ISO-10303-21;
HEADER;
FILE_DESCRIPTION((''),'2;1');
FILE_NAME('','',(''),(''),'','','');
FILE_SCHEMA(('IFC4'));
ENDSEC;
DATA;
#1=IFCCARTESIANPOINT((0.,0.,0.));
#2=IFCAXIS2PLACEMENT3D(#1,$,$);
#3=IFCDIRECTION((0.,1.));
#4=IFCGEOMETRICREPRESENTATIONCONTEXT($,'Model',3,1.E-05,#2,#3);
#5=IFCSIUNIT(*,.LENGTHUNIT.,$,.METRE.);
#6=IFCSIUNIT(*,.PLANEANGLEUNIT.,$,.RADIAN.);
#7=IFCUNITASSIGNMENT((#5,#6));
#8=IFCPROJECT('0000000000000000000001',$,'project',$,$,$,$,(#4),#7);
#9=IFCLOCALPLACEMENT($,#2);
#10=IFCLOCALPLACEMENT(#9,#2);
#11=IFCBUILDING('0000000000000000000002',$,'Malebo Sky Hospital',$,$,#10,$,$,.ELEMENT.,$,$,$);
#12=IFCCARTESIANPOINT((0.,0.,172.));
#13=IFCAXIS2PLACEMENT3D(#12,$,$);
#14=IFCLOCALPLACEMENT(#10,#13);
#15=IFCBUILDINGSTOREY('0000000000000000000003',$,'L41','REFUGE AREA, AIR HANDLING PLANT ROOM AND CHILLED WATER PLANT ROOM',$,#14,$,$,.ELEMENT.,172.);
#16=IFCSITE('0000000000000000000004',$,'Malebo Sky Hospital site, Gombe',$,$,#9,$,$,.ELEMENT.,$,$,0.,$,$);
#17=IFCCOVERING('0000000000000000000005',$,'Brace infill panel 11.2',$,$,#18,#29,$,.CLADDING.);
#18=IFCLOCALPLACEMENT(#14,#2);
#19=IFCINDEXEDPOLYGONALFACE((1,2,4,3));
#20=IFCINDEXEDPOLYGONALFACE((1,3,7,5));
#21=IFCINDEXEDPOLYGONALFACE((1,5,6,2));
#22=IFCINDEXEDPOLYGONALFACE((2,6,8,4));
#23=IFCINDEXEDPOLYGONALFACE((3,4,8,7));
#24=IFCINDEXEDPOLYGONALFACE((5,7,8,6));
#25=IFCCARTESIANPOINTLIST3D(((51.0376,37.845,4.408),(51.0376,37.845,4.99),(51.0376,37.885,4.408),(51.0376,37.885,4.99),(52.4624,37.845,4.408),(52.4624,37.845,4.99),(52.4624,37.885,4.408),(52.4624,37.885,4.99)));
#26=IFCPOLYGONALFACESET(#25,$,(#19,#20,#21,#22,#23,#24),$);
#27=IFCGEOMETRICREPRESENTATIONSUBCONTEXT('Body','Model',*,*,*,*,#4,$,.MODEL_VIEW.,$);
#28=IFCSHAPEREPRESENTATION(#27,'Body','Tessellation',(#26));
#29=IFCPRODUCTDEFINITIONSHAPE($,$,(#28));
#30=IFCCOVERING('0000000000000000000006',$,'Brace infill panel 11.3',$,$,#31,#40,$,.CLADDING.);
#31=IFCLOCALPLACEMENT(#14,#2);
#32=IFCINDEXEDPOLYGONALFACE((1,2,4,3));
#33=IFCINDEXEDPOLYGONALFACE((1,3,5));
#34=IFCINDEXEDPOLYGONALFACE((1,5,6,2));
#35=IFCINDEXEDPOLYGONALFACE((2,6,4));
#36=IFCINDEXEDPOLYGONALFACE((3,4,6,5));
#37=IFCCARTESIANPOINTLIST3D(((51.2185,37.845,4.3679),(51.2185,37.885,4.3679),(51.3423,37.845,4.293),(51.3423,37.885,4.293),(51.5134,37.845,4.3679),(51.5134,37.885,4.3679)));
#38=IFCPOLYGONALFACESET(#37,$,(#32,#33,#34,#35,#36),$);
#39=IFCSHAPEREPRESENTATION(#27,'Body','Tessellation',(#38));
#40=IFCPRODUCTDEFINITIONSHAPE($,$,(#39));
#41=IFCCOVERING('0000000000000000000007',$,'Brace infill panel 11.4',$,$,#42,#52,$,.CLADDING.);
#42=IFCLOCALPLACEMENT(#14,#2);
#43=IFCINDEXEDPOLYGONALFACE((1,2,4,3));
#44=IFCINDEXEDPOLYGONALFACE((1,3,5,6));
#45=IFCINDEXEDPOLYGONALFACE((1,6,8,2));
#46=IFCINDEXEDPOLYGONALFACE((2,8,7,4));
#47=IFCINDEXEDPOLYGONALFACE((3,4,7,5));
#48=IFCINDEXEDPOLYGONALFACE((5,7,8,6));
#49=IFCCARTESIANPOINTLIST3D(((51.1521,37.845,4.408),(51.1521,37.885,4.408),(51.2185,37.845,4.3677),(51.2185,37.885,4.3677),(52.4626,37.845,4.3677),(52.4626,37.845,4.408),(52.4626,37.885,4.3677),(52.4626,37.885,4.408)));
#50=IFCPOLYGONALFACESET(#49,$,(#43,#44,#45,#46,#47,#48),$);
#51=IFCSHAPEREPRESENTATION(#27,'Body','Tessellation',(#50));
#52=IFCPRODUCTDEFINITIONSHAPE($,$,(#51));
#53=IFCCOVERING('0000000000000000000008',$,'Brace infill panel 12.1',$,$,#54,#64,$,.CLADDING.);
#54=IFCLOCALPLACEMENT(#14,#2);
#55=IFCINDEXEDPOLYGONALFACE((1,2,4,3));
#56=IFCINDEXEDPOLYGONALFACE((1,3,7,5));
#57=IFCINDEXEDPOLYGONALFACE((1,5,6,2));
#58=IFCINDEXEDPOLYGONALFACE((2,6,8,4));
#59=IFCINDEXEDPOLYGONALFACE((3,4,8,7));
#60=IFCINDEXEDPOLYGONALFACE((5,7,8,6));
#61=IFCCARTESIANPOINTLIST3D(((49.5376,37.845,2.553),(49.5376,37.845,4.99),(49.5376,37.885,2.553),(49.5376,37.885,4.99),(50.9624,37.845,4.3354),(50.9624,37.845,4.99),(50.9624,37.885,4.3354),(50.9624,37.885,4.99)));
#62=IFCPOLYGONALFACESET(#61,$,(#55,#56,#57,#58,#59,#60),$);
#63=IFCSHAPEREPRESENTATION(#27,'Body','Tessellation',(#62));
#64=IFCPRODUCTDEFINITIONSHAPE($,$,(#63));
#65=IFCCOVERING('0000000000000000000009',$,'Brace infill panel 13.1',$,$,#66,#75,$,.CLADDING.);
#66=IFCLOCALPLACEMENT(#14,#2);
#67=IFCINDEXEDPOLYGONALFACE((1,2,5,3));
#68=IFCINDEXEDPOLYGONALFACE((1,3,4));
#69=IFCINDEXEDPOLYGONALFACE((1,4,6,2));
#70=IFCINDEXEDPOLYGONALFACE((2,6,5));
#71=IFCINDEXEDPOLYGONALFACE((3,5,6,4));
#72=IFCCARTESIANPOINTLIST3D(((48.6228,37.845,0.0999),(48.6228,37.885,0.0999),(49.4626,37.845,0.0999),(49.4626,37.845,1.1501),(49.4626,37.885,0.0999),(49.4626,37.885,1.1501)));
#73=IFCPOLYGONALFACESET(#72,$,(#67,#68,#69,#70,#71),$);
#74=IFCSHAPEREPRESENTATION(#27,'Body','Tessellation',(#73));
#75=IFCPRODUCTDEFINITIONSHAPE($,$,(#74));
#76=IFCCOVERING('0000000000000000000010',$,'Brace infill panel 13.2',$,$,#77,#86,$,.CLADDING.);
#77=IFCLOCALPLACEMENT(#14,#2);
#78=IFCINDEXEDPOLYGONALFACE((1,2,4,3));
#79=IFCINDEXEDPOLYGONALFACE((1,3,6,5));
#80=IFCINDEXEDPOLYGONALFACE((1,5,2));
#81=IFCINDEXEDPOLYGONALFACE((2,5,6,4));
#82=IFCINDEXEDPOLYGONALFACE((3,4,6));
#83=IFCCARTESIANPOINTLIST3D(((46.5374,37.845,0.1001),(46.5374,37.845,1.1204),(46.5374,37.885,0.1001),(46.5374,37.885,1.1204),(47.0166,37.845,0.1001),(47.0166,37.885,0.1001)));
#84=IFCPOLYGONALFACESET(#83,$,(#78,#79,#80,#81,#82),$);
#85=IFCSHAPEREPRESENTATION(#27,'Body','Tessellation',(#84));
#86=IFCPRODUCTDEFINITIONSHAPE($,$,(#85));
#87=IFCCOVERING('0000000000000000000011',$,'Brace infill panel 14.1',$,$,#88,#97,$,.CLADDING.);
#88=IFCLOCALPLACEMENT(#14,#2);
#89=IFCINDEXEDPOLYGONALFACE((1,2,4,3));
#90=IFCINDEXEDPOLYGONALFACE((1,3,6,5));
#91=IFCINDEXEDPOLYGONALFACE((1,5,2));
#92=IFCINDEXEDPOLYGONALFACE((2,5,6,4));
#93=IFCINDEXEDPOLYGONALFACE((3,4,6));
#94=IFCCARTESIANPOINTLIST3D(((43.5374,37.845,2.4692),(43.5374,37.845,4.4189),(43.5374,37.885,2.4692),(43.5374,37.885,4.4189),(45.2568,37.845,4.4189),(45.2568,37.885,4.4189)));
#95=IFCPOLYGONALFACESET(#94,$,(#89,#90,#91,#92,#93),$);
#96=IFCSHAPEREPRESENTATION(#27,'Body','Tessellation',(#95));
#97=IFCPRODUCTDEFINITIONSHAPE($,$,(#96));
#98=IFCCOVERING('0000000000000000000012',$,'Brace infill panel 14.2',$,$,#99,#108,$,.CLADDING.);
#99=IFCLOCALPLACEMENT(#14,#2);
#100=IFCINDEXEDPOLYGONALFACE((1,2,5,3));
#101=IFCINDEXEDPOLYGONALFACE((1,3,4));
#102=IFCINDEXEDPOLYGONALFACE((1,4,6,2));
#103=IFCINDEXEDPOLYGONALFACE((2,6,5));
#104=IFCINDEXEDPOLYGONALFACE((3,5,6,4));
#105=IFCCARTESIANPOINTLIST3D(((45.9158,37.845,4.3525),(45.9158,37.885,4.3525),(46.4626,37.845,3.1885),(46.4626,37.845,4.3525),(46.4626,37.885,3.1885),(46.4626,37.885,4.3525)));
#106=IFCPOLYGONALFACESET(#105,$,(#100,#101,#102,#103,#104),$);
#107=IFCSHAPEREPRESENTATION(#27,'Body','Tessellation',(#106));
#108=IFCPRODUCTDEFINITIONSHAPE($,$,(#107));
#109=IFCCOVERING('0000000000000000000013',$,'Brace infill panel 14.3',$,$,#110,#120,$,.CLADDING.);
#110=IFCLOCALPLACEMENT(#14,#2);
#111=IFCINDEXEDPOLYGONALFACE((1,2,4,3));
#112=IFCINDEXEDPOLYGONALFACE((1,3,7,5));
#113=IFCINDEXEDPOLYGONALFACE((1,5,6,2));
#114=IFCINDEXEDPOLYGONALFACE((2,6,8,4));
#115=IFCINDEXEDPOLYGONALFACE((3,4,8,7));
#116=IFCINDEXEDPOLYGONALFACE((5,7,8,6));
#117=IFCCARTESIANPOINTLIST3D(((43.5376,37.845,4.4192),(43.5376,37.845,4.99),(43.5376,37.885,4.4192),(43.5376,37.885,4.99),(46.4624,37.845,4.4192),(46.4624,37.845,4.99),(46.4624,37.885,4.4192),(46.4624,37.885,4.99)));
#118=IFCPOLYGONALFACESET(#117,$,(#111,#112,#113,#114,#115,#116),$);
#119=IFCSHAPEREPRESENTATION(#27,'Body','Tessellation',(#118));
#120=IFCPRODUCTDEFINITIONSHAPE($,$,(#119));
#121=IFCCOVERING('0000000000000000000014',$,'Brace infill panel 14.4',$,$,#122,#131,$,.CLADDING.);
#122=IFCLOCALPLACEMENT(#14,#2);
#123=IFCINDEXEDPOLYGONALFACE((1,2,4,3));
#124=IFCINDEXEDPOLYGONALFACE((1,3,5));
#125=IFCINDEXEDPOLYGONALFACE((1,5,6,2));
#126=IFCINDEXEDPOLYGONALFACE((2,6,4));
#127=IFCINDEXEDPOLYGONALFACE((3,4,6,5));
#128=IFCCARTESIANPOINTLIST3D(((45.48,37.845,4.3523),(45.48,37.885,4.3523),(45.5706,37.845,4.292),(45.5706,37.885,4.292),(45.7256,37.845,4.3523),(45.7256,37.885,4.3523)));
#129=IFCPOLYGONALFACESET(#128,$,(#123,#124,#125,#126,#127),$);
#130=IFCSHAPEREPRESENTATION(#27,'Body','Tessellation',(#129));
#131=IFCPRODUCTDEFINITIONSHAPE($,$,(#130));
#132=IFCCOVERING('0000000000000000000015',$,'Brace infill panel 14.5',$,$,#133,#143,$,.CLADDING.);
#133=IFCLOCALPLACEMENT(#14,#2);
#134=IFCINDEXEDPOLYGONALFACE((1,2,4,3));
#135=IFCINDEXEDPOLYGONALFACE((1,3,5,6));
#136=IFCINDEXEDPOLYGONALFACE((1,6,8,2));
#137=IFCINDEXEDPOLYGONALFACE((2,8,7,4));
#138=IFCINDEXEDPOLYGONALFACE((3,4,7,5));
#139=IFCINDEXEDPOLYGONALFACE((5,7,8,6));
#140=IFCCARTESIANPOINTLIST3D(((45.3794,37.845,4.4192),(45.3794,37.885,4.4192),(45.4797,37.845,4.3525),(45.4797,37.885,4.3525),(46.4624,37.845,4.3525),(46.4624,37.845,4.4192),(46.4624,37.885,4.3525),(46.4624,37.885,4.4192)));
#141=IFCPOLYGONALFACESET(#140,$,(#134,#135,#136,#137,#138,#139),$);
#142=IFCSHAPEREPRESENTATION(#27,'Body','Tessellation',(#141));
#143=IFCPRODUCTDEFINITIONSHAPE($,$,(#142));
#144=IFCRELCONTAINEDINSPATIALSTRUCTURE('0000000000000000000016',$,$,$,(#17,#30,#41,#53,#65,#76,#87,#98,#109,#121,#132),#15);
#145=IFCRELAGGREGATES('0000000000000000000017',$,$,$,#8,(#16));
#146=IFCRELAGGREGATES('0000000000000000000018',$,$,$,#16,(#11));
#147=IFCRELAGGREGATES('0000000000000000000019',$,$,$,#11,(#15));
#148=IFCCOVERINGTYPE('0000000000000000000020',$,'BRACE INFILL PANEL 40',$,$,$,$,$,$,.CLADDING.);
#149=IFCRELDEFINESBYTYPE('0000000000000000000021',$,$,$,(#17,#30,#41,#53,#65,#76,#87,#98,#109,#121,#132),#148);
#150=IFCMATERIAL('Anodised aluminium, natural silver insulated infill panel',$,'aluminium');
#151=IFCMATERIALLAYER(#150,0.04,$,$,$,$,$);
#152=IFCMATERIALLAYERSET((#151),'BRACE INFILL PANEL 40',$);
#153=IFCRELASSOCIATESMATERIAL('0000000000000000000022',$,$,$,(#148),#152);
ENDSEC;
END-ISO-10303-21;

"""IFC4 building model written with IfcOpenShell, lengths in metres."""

from ifc_helpers import new_model, si_unit, direction, frame, origin, place, context, subcontext, project, spatial, polyline, outline, extrude, material, layer, layer_set, type_object, element, save


model = new_model("IFC4")

# Units and contexts
model_context = context("Model", 3, precision=1e-05, world=origin(), true_north=direction((0.0, 1.0)))
body_context = subcontext(model_context, "Body", "Model", "MODEL_VIEW")
ifc_project = project(units=[si_unit("LENGTHUNIT", "METRE"), si_unit("PLANEANGLEUNIT", "RADIAN")], contexts=[model_context])

# Site, building, storey
site_placement = place(None, origin())
site = spatial("IfcSite", under=ifc_project, at=site_placement, Name="Malebo Sky Hospital site, Gombe", CompositionType="ELEMENT", RefElevation=0.0)
building_placement = place(site_placement, origin())
building = spatial("IfcBuilding", under=site, at=building_placement, Name="Malebo Sky Hospital", CompositionType="ELEMENT")
storey_placement = place(building_placement, frame((0.0, 0.0, 172.0)))
storey = spatial("IfcBuildingStorey", under=building, at=storey_placement, Name="L41", Description="REFUGE AREA, AIR HANDLING PLANT ROOM AND CHILLED WATER PLANT ROOM", CompositionType="ELEMENT", Elevation=172.0)

# Coverings
ifc_material_1 = material(Name="Anodised aluminium, natural silver insulated infill panel", Category="aluminium")
ifc_layer_1 = layer(ifc_material_1, 0.04)
ifc_layer_set_1 = layer_set([ifc_layer_1], Name="BRACE INFILL PANEL 40")
covering_type = type_object("IfcCoveringType", Name="BRACE INFILL PANEL 40", PredefinedType="CLADDING", material=ifc_layer_set_1)
covering_1_placement = place(storey_placement, frame((51.75, 37.865, 4.408), z_axis=(0.0, 0.0, 1.0), x_axis=(-1.0, 0.0, 0.0)))
element("IfcCovering", 1, at=covering_1_placement, inside=storey, type_object=covering_type, Name="Brace infill panel 11.2", PredefinedType="CLADDING", context=body_context, shape_type="SweptSolid", body=[
    extrude(outline(polyline([(-0.7124, 0.0), (0.7124, 0.0), (0.7124, 0.582), (-0.7124, 0.582), (-0.7124, 0.0)])), frame((0.0, 0.02, 0.0), z_axis=(0.0, -1.0, 0.0), x_axis=(1.0, 0.0, 0.0)), (0.0, 0.0, 1.0), 0.04),
])
covering_2_placement = place(storey_placement, frame((51.366, 37.865, 4.293), z_axis=(0.0, 0.0, 1.0), x_axis=(-1.0, 0.0, 0.0)))
element("IfcCovering", 2, at=covering_2_placement, inside=storey, type_object=covering_type, Name="Brace infill panel 11.3", PredefinedType="CLADDING", context=body_context, shape_type="SweptSolid", body=[
    extrude(outline(polyline([(0.0237, 0.0), (0.1475, 0.075), (-0.1475, 0.075), (0.0237, 0.0)])), frame((0.0, 0.02, 0.0), z_axis=(0.0, -1.0, 0.0), x_axis=(1.0, 0.0, 0.0)), (0.0, 0.0, 1.0), 0.04),
])
covering_3_placement = place(storey_placement, frame((51.8074, 37.865, 4.3677), z_axis=(0.0, 0.0, 1.0), x_axis=(-1.0, 0.0, 0.0)))
element("IfcCovering", 3, at=covering_3_placement, inside=storey, type_object=covering_type, Name="Brace infill panel 11.4", PredefinedType="CLADDING", context=body_context, shape_type="SweptSolid", body=[
    extrude(outline(polyline([(-0.6553, 0.0), (0.5889, 0.0), (0.6553, 0.0403), (-0.6553, 0.0403), (-0.6553, 0.0)])), frame((0.0, 0.02, 0.0), z_axis=(0.0, -1.0, 0.0), x_axis=(1.0, 0.0, 0.0)), (0.0, 0.0, 1.0), 0.04),
])
covering_4_placement = place(storey_placement, frame((50.25, 37.865, 2.553), z_axis=(0.0, 0.0, 1.0), x_axis=(-1.0, 0.0, 0.0)))
element("IfcCovering", 4, at=covering_4_placement, inside=storey, type_object=covering_type, Name="Brace infill panel 12.1", PredefinedType="CLADDING", context=body_context, shape_type="SweptSolid", body=[
    extrude(outline(polyline([(0.7124, 0.0), (0.7124, 2.437), (-0.7124, 2.437), (-0.7124, 1.7825), (0.7124, 0.0)])), frame((0.0, 0.02, 0.0), z_axis=(0.0, -1.0, 0.0), x_axis=(1.0, 0.0, 0.0)), (0.0, 0.0, 1.0), 0.04),
])
covering_5_placement = place(storey_placement, frame((49.0427, 37.865, 0.0999), z_axis=(0.0, 0.0, 1.0), x_axis=(-1.0, 0.0, 0.0)))
element("IfcCovering", 5, at=covering_5_placement, inside=storey, type_object=covering_type, Name="Brace infill panel 13.1", PredefinedType="CLADDING", context=body_context, shape_type="SweptSolid", body=[
    extrude(outline(polyline([(-0.4199, 0.0), (0.4199, 0.0), (-0.4199, 1.0503), (-0.4199, 0.0)])), frame((0.0, 0.02, 0.0), z_axis=(0.0, -1.0, 0.0), x_axis=(1.0, 0.0, 0.0)), (0.0, 0.0, 1.0), 0.04),
])
covering_6_placement = place(storey_placement, frame((46.7771, 37.865, 0.1001), z_axis=(0.0, 0.0, 1.0), x_axis=(-1.0, 0.0, 0.0)))
element("IfcCovering", 6, at=covering_6_placement, inside=storey, type_object=covering_type, Name="Brace infill panel 13.2", PredefinedType="CLADDING", context=body_context, shape_type="SweptSolid", body=[
    extrude(outline(polyline([(-0.2395, 0.0), (0.2397, 0.0), (0.2397, 1.0203), (-0.2395, 0.0)])), frame((0.0, 0.02, 0.0), z_axis=(0.0, -1.0, 0.0), x_axis=(1.0, 0.0, 0.0)), (0.0, 0.0, 1.0), 0.04),
])
covering_7_placement = place(storey_placement, frame((44.3972, 37.865, 2.4692), z_axis=(0.0, 0.0, 1.0), x_axis=(-1.0, 0.0, 0.0)))
element("IfcCovering", 7, at=covering_7_placement, inside=storey, type_object=covering_type, Name="Brace infill panel 14.1", PredefinedType="CLADDING", context=body_context, shape_type="SweptSolid", body=[
    extrude(outline(polyline([(0.8599, 0.0), (0.8599, 1.9497), (-0.8596, 1.9497), (0.8599, 0.0)])), frame((0.0, 0.02, 0.0), z_axis=(0.0, -1.0, 0.0), x_axis=(1.0, 0.0, 0.0)), (0.0, 0.0, 1.0), 0.04),
])
covering_8_placement = place(storey_placement, frame((46.1892, 37.865, 3.1885), z_axis=(0.0, 0.0, 1.0), x_axis=(-1.0, 0.0, 0.0)))
element("IfcCovering", 8, at=covering_8_placement, inside=storey, type_object=covering_type, Name="Brace infill panel 14.2", PredefinedType="CLADDING", context=body_context, shape_type="SweptSolid", body=[
    extrude(outline(polyline([(-0.2734, 0.0), (0.2734, 1.1641), (-0.2734, 1.1641), (-0.2734, 0.0)])), frame((0.0, 0.02, 0.0), z_axis=(0.0, -1.0, 0.0), x_axis=(1.0, 0.0, 0.0)), (0.0, 0.0, 1.0), 0.04),
])
covering_9_placement = place(storey_placement, frame((45.0, 37.865, 4.4192), z_axis=(0.0, 0.0, 1.0), x_axis=(-1.0, 0.0, 0.0)))
element("IfcCovering", 9, at=covering_9_placement, inside=storey, type_object=covering_type, Name="Brace infill panel 14.3", PredefinedType="CLADDING", context=body_context, shape_type="SweptSolid", body=[
    extrude(outline(polyline([(-1.4624, 0.0), (1.4624, 0.0), (1.4624, 0.5708), (-1.4624, 0.5708), (-1.4624, 0.0)])), frame((0.0, 0.02, 0.0), z_axis=(0.0, -1.0, 0.0), x_axis=(1.0, 0.0, 0.0)), (0.0, 0.0, 1.0), 0.04),
])
covering_10_placement = place(storey_placement, frame((45.6028, 37.865, 4.292), z_axis=(0.0, 0.0, 1.0), x_axis=(-1.0, 0.0, 0.0)))
element("IfcCovering", 10, at=covering_10_placement, inside=storey, type_object=covering_type, Name="Brace infill panel 14.4", PredefinedType="CLADDING", context=body_context, shape_type="SweptSolid", body=[
    extrude(outline(polyline([(0.0322, 0.0), (0.1228, 0.0603), (-0.1228, 0.0603), (0.0322, 0.0)])), frame((0.0, 0.02, 0.0), z_axis=(0.0, -1.0, 0.0), x_axis=(1.0, 0.0, 0.0)), (0.0, 0.0, 1.0), 0.04),
])
covering_11_placement = place(storey_placement, frame((45.9209, 37.865, 4.3525), z_axis=(0.0, 0.0, 1.0), x_axis=(-1.0, 0.0, 0.0)))
element("IfcCovering", 11, at=covering_11_placement, inside=storey, type_object=covering_type, Name="Brace infill panel 14.5", PredefinedType="CLADDING", context=body_context, shape_type="SweptSolid", body=[
    extrude(outline(polyline([(-0.5415, 0.0), (0.4412, 0.0), (0.5415, 0.0667), (-0.5415, 0.0667), (-0.5415, 0.0)])), frame((0.0, 0.02, 0.0), z_axis=(0.0, -1.0, 0.0), x_axis=(1.0, 0.0, 0.0)), (0.0, 0.0, 1.0), 0.04),
])

save(model, "model.ifc")
